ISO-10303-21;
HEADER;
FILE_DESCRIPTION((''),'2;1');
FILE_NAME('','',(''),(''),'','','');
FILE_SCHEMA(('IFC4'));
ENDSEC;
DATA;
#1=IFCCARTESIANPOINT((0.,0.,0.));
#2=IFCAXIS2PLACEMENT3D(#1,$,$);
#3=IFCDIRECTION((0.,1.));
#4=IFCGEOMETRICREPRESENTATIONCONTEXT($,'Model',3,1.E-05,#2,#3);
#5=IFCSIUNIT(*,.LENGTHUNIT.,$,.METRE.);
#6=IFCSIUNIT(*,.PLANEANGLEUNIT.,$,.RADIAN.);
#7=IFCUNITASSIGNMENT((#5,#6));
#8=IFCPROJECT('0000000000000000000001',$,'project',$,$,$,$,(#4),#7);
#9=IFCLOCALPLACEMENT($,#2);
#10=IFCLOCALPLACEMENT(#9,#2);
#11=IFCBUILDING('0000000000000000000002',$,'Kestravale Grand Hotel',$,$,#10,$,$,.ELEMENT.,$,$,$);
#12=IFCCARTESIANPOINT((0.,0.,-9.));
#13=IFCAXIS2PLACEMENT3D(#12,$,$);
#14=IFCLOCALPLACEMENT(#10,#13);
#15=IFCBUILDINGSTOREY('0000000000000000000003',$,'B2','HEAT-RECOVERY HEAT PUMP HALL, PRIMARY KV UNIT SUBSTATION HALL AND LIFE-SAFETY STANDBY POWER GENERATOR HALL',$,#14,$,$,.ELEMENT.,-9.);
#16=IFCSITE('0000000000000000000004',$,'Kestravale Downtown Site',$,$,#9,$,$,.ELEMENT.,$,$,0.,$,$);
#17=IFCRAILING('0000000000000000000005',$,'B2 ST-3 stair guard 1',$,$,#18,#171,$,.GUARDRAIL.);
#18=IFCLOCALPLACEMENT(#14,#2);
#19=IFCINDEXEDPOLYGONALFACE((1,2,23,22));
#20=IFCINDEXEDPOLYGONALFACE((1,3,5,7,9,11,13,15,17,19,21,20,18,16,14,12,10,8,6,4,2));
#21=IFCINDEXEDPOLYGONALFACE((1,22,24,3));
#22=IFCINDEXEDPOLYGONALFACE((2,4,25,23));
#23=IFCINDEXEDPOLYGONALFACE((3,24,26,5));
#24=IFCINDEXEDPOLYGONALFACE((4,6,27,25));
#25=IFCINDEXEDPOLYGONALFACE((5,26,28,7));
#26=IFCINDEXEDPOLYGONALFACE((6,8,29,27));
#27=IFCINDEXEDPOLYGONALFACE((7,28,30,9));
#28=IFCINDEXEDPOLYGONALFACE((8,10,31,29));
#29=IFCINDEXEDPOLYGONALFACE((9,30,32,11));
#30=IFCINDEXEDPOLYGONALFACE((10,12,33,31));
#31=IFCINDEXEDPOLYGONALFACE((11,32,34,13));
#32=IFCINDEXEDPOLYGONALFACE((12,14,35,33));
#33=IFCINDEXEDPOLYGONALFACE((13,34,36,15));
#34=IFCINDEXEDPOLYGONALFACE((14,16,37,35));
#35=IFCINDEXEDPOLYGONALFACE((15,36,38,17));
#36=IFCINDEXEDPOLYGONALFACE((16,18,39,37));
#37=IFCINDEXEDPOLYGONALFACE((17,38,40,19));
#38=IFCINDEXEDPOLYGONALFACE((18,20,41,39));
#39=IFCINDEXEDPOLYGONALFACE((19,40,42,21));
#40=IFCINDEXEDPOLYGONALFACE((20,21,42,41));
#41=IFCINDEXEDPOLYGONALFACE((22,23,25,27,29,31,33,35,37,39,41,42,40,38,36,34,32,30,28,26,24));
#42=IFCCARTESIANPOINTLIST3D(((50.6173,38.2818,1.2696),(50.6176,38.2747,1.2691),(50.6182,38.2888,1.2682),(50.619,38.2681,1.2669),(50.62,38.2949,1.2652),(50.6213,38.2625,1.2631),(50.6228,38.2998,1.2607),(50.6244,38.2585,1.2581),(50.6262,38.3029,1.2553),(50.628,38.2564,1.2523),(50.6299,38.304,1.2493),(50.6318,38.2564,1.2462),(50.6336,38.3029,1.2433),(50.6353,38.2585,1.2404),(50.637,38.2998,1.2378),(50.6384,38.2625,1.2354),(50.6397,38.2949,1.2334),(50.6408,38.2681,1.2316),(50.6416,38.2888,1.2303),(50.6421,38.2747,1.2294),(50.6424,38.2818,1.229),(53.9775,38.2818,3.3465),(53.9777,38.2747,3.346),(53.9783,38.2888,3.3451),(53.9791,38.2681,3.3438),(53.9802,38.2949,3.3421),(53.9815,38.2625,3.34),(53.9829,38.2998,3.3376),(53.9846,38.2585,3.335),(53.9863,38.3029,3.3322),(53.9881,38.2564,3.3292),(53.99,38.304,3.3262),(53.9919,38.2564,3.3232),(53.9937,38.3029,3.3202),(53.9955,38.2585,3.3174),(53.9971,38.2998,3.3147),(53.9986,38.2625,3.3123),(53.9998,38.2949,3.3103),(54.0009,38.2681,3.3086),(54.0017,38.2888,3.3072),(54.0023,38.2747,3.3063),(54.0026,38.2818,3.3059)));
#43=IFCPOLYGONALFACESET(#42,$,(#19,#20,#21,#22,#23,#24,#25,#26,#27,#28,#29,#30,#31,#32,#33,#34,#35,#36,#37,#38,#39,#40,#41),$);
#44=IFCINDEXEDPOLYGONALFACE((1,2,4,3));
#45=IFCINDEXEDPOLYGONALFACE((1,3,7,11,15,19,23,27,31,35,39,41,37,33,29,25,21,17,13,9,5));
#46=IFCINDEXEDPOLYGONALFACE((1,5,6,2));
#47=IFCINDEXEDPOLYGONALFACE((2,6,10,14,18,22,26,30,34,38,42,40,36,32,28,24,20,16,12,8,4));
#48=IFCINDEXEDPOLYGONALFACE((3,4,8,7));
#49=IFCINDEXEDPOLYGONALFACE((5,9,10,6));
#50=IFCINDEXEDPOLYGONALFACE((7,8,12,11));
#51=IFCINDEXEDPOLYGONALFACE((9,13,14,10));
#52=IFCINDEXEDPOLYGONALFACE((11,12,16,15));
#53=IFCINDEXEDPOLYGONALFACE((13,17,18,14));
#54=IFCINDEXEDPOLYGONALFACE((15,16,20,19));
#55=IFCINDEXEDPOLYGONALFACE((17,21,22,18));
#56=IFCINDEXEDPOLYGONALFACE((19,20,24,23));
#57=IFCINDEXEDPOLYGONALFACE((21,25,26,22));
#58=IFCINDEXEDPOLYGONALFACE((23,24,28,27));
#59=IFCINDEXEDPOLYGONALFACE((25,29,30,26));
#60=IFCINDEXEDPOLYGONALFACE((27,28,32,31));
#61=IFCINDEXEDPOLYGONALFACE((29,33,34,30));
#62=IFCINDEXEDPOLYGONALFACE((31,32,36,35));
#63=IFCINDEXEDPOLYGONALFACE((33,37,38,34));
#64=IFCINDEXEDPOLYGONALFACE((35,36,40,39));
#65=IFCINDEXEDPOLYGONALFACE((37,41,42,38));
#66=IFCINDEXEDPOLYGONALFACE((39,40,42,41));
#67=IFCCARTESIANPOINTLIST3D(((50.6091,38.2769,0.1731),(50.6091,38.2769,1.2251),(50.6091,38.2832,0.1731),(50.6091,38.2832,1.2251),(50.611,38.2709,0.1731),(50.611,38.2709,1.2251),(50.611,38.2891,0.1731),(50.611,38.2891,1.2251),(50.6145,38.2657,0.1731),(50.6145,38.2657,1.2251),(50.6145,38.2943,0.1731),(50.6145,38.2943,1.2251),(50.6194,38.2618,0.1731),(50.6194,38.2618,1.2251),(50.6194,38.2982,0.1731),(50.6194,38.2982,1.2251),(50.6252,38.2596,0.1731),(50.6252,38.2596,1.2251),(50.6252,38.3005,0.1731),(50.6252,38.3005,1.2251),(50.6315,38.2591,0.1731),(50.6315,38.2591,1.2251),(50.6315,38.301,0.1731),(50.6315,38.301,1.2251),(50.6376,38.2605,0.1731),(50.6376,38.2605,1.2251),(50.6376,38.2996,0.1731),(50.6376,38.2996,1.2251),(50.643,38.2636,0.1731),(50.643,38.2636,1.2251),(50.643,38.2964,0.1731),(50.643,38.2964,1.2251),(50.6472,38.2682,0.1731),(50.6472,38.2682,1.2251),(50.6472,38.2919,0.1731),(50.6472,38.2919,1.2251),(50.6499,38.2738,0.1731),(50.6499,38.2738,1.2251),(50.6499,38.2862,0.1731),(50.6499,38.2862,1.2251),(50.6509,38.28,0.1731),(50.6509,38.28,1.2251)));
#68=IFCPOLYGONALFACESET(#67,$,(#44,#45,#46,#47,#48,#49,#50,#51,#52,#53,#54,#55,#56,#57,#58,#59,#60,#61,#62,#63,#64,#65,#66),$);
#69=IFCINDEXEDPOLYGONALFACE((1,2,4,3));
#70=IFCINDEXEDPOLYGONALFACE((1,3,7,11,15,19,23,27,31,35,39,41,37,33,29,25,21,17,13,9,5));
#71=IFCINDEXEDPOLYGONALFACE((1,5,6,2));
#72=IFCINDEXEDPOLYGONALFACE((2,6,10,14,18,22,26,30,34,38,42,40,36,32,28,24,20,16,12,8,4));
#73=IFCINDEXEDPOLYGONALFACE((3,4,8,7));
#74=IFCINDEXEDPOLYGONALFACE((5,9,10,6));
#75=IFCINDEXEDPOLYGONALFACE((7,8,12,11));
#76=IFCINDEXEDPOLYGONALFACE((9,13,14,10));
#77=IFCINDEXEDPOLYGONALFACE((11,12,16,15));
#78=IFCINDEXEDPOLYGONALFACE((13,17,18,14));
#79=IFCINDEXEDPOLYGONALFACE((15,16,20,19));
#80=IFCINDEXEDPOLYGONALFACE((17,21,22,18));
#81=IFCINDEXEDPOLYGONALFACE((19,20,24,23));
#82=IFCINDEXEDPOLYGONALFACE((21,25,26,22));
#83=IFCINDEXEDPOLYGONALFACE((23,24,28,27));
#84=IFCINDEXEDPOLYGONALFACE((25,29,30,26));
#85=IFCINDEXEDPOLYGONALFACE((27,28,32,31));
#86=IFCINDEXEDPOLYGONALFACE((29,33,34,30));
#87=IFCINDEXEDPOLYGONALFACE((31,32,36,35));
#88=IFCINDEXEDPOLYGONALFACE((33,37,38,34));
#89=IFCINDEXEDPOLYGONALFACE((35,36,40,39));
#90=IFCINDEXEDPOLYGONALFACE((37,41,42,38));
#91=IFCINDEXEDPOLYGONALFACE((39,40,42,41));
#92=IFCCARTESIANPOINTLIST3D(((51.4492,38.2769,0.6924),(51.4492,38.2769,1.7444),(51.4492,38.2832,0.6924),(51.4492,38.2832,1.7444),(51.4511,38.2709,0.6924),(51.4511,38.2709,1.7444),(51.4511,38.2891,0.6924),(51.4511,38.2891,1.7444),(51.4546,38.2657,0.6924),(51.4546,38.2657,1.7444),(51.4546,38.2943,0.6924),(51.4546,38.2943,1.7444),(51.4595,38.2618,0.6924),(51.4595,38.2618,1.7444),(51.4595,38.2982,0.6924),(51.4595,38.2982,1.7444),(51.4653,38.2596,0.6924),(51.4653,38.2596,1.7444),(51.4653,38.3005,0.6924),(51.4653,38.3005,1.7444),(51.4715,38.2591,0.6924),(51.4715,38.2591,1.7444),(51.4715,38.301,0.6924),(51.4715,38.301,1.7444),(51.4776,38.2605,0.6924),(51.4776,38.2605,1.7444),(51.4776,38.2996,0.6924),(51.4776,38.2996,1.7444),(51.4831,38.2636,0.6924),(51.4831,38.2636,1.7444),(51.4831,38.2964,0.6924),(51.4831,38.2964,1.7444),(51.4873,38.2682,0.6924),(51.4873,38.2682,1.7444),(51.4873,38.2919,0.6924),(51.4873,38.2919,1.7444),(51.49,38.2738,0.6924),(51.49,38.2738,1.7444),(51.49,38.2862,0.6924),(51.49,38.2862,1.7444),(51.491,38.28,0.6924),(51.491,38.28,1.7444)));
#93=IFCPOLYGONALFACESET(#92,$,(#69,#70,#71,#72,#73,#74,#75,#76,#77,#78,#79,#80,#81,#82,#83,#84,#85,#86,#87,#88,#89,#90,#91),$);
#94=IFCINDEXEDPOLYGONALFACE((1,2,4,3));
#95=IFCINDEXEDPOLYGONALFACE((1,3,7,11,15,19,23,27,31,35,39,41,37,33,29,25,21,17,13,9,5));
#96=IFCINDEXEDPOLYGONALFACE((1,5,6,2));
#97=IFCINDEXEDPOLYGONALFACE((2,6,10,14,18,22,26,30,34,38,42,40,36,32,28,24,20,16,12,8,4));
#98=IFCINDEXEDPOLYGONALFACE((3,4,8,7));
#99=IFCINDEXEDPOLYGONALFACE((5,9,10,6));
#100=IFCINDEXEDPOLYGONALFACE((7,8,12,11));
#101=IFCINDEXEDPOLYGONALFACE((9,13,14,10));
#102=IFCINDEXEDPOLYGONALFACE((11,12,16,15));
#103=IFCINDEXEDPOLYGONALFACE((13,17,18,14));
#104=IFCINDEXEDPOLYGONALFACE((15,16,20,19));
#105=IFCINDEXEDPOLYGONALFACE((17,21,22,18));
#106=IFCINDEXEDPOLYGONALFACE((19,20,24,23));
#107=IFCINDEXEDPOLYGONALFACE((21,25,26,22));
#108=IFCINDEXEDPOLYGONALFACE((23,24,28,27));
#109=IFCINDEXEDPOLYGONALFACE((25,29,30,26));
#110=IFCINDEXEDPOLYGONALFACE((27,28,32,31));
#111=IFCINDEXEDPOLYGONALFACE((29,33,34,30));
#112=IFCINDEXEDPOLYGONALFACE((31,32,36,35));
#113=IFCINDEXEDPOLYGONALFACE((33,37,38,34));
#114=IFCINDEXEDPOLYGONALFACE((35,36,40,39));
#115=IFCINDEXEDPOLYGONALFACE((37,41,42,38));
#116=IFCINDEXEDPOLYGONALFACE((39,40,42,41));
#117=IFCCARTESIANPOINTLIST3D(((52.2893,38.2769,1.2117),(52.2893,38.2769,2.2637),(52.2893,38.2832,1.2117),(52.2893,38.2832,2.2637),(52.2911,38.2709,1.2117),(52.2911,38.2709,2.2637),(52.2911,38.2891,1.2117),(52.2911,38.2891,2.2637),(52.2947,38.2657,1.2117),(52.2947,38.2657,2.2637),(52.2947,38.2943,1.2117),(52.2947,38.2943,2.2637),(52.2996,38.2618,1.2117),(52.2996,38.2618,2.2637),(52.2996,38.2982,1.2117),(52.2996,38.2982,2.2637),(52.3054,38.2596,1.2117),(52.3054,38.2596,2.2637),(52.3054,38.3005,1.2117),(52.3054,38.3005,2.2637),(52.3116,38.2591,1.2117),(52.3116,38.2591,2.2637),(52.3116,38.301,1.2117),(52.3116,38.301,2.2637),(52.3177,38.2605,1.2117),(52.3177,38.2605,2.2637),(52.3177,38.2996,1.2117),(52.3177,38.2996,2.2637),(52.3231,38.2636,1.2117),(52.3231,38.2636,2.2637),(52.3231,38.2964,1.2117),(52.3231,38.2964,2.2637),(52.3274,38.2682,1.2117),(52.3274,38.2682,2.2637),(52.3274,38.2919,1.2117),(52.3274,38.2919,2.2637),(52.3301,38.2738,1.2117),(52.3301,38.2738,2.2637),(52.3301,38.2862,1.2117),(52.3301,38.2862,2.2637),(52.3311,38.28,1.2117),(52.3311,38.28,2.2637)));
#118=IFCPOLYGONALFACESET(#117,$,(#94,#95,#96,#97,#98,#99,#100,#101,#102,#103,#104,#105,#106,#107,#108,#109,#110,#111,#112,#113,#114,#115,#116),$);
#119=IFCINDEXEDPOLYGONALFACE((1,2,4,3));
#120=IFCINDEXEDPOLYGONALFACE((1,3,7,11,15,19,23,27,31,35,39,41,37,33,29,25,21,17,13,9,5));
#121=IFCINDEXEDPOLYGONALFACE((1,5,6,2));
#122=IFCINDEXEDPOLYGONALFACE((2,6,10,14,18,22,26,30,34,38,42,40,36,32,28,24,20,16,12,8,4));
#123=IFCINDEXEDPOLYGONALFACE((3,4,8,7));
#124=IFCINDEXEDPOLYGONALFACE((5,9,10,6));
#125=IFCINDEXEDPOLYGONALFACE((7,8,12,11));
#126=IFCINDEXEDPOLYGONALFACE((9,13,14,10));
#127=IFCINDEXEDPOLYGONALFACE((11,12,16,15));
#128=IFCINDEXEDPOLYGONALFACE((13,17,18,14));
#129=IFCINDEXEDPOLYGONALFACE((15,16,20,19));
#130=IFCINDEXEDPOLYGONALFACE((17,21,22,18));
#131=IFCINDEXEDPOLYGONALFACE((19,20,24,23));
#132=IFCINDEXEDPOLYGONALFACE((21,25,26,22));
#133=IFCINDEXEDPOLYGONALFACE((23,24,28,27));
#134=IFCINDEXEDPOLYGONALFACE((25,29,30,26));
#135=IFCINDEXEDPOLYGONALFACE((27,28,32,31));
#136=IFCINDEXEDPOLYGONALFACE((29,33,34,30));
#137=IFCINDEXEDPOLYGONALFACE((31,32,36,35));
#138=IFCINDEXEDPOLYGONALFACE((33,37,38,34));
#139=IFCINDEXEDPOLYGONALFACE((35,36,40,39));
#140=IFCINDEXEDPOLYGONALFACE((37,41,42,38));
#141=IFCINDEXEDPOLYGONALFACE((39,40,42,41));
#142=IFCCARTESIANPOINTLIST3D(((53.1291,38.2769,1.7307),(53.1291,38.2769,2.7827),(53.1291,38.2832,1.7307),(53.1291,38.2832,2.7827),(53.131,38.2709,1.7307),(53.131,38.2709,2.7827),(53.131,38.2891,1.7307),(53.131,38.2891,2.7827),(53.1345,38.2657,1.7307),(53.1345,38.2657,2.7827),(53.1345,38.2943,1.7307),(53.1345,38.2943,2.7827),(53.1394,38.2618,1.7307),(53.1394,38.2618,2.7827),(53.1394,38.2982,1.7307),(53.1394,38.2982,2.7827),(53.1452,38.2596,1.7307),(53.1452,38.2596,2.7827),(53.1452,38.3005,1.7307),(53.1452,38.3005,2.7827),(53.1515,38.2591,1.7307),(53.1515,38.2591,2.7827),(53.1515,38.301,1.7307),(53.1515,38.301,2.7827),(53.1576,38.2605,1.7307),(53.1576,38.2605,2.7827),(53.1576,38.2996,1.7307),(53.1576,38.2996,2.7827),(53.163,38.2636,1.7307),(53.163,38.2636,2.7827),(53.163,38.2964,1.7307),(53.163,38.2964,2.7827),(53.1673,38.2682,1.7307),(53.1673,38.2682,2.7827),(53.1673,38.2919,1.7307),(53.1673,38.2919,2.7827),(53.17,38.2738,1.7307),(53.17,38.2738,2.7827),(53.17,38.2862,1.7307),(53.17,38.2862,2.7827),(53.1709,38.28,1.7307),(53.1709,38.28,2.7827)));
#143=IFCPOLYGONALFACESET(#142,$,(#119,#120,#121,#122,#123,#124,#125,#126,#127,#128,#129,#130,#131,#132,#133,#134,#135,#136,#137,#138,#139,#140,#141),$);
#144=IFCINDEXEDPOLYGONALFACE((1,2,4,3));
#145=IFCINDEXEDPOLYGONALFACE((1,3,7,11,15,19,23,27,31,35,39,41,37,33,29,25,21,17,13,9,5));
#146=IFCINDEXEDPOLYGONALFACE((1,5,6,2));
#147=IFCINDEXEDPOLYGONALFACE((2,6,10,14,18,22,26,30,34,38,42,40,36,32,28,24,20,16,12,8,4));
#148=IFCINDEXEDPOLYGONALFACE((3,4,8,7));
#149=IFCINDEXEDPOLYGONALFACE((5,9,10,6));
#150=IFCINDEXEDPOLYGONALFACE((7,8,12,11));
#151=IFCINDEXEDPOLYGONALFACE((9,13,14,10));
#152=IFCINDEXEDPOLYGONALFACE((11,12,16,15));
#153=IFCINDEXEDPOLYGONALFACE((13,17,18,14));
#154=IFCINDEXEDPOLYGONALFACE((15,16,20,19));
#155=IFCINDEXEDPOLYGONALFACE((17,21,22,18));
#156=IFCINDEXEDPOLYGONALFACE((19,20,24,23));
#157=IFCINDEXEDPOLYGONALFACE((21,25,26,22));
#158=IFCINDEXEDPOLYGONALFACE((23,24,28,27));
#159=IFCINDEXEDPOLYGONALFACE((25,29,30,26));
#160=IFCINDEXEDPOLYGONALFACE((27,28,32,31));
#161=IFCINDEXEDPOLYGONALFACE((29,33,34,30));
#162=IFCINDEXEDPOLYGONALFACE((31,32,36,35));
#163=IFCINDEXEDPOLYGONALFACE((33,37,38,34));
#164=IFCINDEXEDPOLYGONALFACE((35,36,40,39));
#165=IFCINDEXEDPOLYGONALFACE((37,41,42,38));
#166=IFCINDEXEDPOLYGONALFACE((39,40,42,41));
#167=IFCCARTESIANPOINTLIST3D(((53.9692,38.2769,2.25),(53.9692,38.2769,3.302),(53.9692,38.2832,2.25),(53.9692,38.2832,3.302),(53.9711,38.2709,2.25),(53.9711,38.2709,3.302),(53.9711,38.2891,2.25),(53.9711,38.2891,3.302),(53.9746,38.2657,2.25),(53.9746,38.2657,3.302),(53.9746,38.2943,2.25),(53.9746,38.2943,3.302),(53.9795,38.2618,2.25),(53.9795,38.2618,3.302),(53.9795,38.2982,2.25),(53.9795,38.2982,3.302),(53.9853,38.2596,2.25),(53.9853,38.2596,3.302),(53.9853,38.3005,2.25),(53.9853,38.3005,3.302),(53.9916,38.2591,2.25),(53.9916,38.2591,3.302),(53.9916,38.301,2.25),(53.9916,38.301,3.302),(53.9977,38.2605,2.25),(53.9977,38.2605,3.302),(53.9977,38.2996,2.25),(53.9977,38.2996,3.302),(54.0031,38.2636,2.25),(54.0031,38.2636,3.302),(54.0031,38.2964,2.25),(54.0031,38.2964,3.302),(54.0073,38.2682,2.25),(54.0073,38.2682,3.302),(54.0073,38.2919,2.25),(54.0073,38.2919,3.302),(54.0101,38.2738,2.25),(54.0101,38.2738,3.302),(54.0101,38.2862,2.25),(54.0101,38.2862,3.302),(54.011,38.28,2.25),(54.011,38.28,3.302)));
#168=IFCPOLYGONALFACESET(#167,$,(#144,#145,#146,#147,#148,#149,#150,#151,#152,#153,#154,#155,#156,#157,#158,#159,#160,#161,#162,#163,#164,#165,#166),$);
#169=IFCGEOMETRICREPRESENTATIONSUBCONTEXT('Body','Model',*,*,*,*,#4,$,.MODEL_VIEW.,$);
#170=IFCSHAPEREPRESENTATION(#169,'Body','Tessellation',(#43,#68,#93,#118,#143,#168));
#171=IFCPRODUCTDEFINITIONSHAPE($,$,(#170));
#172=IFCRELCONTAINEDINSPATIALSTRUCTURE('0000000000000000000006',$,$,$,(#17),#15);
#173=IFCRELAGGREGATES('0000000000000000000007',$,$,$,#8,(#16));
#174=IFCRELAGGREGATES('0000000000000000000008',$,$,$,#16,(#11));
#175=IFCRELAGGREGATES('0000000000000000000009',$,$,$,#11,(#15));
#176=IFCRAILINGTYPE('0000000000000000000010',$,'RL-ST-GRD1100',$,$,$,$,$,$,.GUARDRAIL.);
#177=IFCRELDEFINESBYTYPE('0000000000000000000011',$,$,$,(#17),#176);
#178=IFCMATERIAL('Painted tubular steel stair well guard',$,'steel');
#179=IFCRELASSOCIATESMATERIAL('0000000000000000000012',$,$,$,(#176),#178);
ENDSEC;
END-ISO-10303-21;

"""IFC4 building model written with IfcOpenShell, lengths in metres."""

from ifc_helpers import new_model, si_unit, direction, frame, origin, origin_2d, place, context, subcontext, project, spatial, circle, extrude, material, type_object, element, save


model = new_model("IFC4")

# Units and contexts
model_context = context("Model", 3, precision=1e-05, world=origin(), true_north=direction((0.0, 1.0)))
body_context = subcontext(model_context, "Body", "Model", "MODEL_VIEW")
ifc_project = project(units=[si_unit("LENGTHUNIT", "METRE"), si_unit("PLANEANGLEUNIT", "RADIAN")], contexts=[model_context])

# Site, building, storey
site_placement = place(None, origin())
site = spatial("IfcSite", under=ifc_project, at=site_placement, Name="Kestravale Downtown Site", CompositionType="ELEMENT", RefElevation=0.0)
building_placement = place(site_placement, origin())
building = spatial("IfcBuilding", under=site, at=building_placement, Name="Kestravale Grand Hotel", CompositionType="ELEMENT")
storey_placement = place(building_placement, frame((0.0, 0.0, -9.0)))
storey = spatial("IfcBuildingStorey", under=building, at=storey_placement, Name="B2", Description="HEAT-RECOVERY HEAT PUMP HALL, PRIMARY KV UNIT SUBSTATION HALL AND LIFE-SAFETY STANDBY POWER GENERATOR HALL", CompositionType="ELEMENT", Elevation=-9.0)

# Railing
ifc_material_1 = material(Name="Painted tubular steel stair well guard", Category="steel")
railing_type_1 = type_object("IfcRailingType", Name="RL-ST-GRD1100", PredefinedType="GUARDRAIL", material=ifc_material_1)
railing_1_placement = place(storey_placement, frame((50.6299, 38.28, 0.1731)))
element("IfcRailing", 1, at=railing_1_placement, inside=storey, type_object=railing_type_1, Name="B2 ST-3 stair guard 1", PredefinedType="GUARDRAIL", context=body_context, shape_type="SweptSolid", body=[
    extrude(circle(Radius=0.0239, at=origin_2d()), frame((0.0, 0.0, 1.0762), z_axis=(0.850623, 0.0, 0.525776), x_axis=(0.0, 1.0, 0.0)), (0.0, 0.0, 1.0), 3.9502),
    extrude(circle(Radius=0.021, at=origin_2d()), origin(), (0.0, 0.0, 1.0), 1.052),
    extrude(circle(Radius=0.021, at=origin_2d()), frame((0.8401, 0.0, 0.5193)), (0.0, 0.0, 1.0), 1.052),
    extrude(circle(Radius=0.021, at=origin_2d()), frame((1.6802, 0.0, 1.0386)), (0.0, 0.0, 1.0), 1.052),
    extrude(circle(Radius=0.021, at=origin_2d()), frame((2.52, 0.0, 1.5576)), (0.0, 0.0, 1.0), 1.052),
    extrude(circle(Radius=0.021, at=origin_2d()), frame((3.3601, 0.0, 2.0769)), (0.0, 0.0, 1.0), 1.052),
])

save(model, "model.ifc")
